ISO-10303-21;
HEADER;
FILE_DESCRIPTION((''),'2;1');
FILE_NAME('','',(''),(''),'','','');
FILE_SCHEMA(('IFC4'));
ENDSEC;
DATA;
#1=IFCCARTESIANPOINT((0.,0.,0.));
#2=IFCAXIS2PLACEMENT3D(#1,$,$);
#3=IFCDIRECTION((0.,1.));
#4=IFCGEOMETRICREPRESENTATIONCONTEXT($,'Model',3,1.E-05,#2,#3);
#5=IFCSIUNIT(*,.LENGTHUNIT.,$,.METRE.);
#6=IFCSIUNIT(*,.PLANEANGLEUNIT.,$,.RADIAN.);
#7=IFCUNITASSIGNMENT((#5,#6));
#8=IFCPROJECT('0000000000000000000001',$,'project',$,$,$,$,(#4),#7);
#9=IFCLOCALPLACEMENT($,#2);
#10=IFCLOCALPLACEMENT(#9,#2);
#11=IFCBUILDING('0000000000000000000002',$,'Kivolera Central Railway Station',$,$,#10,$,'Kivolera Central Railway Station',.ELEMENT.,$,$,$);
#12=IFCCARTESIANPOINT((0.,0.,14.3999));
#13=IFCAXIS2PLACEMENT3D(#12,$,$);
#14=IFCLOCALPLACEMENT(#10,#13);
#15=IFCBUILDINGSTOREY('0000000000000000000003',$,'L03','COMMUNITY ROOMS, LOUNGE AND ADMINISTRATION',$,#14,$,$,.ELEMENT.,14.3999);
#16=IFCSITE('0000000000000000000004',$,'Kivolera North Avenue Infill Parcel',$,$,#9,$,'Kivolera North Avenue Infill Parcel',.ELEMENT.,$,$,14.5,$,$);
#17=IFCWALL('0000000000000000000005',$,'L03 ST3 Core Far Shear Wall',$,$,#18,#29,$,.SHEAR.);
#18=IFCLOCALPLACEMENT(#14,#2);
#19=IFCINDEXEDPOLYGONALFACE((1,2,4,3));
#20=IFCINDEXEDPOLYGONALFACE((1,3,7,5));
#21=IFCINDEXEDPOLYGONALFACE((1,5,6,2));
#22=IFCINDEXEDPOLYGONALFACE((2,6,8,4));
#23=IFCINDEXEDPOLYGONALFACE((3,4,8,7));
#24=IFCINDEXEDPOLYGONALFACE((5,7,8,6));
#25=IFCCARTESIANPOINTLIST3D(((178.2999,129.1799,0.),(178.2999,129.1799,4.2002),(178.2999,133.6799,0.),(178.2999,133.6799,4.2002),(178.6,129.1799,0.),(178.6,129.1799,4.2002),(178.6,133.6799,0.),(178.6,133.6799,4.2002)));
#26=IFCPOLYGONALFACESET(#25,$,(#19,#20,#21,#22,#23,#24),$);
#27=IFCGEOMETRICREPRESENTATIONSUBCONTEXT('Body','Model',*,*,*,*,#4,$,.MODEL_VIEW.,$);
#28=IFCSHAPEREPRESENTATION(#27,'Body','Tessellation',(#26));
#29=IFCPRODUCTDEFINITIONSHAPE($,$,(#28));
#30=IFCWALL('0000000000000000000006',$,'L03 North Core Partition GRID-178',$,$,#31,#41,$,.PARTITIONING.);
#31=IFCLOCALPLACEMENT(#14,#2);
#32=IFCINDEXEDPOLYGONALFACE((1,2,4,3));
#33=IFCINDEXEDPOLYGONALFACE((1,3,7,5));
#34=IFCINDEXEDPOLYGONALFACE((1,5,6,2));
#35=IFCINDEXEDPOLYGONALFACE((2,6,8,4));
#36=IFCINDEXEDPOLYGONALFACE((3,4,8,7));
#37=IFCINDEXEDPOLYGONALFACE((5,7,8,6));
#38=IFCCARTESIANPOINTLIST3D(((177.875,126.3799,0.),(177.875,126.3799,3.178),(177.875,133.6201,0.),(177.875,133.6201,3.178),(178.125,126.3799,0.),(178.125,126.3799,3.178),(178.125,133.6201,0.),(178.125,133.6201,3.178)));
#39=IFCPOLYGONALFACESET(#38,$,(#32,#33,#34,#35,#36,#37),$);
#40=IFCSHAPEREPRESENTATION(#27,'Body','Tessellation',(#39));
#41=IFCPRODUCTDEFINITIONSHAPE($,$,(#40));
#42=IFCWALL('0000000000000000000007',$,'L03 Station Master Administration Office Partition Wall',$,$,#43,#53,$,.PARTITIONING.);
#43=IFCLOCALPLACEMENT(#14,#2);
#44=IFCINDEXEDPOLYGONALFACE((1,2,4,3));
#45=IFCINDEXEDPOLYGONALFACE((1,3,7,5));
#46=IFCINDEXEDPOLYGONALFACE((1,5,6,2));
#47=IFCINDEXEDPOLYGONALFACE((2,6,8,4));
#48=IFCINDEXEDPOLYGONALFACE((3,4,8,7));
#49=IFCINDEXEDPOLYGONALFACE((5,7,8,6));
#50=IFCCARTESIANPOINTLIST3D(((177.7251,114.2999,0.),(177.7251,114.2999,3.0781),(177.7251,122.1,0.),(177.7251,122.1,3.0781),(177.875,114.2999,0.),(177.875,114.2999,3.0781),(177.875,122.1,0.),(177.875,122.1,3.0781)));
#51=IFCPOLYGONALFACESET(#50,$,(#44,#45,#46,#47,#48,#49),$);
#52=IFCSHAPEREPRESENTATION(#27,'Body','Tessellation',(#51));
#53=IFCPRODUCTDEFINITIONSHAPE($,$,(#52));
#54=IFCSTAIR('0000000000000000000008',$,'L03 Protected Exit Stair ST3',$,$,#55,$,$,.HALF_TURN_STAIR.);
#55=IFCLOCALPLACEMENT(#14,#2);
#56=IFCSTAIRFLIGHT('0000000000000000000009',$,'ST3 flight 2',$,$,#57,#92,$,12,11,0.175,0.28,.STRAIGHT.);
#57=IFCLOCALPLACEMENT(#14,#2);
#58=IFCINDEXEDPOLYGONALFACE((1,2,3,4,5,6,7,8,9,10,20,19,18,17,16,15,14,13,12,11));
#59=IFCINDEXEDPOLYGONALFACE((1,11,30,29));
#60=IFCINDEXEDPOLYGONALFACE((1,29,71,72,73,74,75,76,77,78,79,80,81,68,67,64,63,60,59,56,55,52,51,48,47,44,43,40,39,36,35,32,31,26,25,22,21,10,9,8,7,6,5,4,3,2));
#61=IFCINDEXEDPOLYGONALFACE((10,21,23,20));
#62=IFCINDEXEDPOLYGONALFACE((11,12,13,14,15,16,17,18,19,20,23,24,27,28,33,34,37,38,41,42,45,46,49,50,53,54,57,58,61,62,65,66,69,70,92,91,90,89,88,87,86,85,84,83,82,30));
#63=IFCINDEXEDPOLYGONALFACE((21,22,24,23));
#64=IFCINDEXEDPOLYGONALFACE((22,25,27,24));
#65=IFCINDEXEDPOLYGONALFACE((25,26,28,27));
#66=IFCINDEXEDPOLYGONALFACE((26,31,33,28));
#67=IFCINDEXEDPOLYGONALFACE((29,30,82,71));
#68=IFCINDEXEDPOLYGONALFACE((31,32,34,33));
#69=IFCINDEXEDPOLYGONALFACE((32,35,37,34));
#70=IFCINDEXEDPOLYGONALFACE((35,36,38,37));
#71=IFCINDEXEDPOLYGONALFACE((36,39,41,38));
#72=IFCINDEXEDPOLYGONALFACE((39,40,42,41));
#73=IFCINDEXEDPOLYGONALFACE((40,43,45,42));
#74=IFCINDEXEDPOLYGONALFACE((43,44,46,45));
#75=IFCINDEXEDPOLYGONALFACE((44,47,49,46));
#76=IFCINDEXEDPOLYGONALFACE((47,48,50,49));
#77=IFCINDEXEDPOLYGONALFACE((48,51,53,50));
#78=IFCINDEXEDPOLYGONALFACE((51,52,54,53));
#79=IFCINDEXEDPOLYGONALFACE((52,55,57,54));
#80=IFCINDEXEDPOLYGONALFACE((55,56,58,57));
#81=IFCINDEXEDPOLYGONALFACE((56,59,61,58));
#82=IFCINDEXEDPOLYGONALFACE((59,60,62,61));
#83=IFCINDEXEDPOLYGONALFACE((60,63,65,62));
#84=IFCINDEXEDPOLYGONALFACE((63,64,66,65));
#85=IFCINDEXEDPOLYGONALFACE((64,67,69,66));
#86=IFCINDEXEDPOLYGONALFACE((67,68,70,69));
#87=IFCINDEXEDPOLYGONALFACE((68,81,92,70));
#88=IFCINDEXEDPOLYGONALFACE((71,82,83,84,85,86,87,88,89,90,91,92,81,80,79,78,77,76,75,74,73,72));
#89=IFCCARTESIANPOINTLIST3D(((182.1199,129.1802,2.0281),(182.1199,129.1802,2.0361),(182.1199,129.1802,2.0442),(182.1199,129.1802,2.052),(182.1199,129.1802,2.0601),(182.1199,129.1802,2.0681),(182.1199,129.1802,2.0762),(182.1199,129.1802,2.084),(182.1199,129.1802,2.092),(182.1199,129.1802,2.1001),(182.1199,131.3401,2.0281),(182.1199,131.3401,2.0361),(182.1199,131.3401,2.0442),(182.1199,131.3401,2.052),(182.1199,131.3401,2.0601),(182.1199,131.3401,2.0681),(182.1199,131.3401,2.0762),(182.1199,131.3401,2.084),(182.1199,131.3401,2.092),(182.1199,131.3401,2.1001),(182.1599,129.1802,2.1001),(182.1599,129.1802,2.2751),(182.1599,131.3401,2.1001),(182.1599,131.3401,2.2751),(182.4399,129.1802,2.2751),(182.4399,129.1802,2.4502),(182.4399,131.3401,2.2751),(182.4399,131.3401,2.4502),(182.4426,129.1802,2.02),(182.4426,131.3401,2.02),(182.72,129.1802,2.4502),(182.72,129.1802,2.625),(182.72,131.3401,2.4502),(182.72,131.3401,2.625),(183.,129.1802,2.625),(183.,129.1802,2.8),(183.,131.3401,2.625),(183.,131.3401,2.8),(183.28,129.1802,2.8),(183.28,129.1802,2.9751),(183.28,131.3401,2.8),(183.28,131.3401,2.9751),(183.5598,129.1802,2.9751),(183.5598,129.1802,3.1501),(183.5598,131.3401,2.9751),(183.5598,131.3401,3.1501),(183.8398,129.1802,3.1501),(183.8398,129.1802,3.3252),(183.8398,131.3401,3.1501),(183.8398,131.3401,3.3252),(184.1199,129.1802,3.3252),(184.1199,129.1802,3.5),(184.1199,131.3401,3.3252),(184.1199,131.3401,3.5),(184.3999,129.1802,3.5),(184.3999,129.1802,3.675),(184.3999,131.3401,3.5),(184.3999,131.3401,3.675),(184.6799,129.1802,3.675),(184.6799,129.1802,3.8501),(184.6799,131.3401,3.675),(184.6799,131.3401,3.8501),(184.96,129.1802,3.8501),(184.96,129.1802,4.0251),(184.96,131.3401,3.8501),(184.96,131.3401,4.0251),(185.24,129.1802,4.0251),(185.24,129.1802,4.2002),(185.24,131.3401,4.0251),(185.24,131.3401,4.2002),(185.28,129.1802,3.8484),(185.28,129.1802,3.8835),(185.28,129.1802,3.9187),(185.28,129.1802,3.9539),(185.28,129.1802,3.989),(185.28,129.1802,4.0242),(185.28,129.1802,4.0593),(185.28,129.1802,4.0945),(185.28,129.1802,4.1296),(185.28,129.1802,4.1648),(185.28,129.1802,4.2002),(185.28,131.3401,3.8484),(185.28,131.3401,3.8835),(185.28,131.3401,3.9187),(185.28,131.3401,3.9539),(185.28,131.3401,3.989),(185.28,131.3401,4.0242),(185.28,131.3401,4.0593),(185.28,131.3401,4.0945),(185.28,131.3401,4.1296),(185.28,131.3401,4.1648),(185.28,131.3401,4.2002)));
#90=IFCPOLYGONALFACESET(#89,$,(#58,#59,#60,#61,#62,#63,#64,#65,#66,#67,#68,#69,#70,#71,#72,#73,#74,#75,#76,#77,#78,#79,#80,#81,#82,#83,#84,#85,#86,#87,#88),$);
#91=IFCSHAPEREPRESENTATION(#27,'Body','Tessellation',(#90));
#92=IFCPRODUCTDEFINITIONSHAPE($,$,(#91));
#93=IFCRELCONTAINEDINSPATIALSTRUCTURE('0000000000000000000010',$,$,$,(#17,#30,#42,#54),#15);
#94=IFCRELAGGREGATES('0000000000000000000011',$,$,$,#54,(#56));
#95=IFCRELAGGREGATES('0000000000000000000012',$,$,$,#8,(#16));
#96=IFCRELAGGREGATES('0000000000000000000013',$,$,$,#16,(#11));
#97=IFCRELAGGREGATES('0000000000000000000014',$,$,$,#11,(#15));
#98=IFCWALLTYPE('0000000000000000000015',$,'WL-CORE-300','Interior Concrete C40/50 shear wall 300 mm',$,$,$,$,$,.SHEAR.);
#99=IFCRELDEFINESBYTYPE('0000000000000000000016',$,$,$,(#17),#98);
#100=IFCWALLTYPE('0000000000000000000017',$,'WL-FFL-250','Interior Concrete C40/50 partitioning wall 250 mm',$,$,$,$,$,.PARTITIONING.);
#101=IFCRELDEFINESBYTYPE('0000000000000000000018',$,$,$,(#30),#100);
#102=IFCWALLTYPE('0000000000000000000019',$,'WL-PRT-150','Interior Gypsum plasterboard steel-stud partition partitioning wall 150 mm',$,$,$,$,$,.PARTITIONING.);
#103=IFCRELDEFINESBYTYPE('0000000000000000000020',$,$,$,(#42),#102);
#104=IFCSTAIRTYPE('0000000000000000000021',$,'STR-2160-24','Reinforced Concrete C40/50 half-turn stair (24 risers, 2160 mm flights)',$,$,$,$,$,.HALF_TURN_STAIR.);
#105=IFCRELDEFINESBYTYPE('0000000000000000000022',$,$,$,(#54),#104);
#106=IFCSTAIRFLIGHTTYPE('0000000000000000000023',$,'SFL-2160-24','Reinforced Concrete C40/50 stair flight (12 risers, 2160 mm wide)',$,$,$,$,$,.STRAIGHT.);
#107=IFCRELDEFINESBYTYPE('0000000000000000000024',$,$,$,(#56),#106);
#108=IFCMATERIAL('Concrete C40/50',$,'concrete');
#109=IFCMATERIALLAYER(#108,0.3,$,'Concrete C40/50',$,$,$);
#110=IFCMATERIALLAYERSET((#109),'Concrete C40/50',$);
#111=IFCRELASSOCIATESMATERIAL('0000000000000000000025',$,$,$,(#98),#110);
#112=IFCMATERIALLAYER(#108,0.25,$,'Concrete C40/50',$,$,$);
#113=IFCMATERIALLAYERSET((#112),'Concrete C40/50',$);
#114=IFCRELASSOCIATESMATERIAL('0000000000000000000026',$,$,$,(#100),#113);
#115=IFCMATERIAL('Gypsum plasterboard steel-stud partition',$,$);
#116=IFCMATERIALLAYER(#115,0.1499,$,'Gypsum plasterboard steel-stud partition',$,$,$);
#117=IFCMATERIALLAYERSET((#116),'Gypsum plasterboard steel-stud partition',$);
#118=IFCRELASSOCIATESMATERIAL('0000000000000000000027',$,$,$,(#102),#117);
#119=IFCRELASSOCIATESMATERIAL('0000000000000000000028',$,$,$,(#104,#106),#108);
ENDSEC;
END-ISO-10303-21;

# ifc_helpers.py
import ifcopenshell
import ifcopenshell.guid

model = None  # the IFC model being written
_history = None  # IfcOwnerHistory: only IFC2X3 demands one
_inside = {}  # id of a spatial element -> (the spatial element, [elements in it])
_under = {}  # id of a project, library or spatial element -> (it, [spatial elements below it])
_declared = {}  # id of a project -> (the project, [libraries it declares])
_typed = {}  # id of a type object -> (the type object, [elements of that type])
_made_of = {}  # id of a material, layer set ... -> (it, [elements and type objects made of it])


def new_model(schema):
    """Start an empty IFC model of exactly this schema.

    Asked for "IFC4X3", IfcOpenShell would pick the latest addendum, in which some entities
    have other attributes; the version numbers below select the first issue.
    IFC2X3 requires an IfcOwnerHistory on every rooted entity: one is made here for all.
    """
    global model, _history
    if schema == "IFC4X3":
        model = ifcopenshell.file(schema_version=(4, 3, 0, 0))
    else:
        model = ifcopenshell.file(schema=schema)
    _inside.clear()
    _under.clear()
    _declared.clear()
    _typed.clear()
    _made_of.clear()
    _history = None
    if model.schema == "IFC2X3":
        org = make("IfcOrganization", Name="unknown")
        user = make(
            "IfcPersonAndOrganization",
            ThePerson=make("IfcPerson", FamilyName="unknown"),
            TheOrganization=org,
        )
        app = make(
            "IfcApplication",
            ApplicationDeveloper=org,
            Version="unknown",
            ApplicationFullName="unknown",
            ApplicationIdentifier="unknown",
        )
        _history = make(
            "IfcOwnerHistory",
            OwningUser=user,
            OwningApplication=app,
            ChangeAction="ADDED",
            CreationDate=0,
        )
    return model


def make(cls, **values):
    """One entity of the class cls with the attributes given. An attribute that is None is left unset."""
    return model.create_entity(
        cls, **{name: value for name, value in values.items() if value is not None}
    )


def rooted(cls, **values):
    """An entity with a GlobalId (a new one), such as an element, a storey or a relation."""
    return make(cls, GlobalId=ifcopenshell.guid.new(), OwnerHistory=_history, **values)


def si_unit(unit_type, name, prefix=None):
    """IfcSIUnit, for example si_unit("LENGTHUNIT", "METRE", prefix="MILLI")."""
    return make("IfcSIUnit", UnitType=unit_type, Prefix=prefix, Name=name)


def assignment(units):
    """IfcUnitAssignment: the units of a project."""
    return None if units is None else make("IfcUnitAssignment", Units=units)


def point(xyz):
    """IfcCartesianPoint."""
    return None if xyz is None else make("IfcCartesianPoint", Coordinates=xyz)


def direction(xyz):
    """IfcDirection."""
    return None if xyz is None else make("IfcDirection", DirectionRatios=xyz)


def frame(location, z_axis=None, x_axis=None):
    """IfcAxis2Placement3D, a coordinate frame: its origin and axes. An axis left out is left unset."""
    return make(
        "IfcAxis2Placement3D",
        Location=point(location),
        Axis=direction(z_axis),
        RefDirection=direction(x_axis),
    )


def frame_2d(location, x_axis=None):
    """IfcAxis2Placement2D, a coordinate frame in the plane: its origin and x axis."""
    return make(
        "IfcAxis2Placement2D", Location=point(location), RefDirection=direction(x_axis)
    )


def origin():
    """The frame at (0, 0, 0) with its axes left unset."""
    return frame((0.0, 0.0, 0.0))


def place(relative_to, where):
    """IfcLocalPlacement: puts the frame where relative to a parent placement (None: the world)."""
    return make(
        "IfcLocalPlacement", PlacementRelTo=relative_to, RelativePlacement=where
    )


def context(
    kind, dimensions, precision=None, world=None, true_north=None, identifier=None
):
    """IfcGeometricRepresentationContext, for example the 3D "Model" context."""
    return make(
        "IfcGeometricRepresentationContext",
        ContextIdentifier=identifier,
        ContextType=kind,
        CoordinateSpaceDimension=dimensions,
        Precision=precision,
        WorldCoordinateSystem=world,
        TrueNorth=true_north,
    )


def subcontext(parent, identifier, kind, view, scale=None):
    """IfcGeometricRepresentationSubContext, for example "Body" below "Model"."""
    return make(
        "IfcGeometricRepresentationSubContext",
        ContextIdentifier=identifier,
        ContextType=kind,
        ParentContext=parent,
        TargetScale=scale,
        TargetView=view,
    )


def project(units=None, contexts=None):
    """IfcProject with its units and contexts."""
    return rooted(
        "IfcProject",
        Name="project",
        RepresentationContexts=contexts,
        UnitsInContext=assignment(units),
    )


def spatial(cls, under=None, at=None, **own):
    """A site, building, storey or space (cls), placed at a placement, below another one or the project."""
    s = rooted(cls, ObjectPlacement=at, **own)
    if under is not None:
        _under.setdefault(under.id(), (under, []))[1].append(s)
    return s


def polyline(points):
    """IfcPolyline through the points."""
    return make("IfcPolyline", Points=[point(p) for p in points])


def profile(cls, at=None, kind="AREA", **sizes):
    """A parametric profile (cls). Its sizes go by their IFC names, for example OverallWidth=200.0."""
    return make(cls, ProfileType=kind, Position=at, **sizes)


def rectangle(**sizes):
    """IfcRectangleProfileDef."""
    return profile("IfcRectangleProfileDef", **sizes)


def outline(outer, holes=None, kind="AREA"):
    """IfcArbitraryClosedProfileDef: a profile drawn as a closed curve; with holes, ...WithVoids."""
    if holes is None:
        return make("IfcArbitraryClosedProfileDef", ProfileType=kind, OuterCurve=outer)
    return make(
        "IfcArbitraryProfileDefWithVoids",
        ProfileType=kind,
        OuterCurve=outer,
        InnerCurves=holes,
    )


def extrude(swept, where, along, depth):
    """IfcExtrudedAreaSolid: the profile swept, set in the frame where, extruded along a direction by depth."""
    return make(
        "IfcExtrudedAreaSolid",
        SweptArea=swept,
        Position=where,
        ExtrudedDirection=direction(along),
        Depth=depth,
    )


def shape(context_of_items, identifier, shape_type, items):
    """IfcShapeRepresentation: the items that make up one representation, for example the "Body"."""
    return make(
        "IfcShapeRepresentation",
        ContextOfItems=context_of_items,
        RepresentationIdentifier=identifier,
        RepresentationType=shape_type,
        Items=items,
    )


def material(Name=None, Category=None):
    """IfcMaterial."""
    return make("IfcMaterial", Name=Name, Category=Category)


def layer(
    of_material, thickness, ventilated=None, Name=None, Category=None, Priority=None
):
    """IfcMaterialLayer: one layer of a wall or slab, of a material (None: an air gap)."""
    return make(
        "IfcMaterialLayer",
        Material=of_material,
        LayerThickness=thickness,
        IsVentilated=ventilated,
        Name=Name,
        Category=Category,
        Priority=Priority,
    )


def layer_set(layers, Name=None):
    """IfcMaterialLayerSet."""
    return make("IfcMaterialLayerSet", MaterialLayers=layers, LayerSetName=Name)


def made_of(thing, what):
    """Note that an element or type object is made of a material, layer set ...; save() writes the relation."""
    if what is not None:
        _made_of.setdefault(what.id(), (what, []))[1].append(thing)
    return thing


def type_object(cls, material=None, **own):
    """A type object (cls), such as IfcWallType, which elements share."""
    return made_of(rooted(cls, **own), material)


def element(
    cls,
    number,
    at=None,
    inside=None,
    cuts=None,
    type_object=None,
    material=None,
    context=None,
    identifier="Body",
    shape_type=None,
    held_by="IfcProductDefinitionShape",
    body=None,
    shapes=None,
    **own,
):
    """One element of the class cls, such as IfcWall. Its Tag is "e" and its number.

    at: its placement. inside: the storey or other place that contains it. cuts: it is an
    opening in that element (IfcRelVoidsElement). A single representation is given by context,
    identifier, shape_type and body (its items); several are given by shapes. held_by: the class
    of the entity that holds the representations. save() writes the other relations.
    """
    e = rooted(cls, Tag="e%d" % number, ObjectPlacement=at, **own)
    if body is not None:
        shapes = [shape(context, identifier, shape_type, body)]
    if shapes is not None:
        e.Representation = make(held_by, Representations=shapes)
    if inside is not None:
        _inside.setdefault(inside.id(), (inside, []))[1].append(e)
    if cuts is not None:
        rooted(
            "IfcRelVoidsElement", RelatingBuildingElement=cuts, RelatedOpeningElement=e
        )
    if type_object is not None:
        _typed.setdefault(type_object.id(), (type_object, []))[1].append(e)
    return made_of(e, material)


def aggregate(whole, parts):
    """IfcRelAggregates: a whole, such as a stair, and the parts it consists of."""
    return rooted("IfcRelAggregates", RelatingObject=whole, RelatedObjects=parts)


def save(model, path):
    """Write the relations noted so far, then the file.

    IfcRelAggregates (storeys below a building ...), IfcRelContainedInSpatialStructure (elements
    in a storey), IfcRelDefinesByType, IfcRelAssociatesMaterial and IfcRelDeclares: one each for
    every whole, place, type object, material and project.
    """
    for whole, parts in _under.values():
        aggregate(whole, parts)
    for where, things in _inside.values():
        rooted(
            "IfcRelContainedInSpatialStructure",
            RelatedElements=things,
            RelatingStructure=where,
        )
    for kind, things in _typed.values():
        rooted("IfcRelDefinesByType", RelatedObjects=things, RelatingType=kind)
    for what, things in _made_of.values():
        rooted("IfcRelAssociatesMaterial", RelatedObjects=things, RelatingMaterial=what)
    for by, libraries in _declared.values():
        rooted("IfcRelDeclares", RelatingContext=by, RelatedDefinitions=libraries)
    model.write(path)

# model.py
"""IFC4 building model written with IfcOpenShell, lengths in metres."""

from ifc_helpers import new_model, si_unit, direction, frame, frame_2d, origin, place, context, subcontext, project, spatial, polyline, rectangle, outline, extrude, material, layer, layer_set, type_object, element, aggregate, save


model = new_model("IFC4")

# Units and contexts
model_context = context("Model", 3, precision=1e-05, world=origin(), true_north=direction((0.0, 1.0)))
body_context = subcontext(model_context, "Body", "Model", "MODEL_VIEW")
ifc_project = project(units=[si_unit("LENGTHUNIT", "METRE"), si_unit("PLANEANGLEUNIT", "RADIAN")], contexts=[model_context])

# Site, building, storey
site_placement = place(None, origin())
site = spatial("IfcSite", under=ifc_project, at=site_placement, Name="Kivolera North Avenue Infill Parcel", LongName="Kivolera North Avenue Infill Parcel", CompositionType="ELEMENT", RefElevation=14.5)
building_placement = place(site_placement, origin())
building = spatial("IfcBuilding", under=site, at=building_placement, Name="Kivolera Central Railway Station", LongName="Kivolera Central Railway Station", CompositionType="ELEMENT")
storey_placement = place(building_placement, frame((0.0, 0.0, 14.3999)))
storey = spatial("IfcBuildingStorey", under=building, at=storey_placement, Name="L03", Description="COMMUNITY ROOMS, LOUNGE AND ADMINISTRATION", CompositionType="ELEMENT", Elevation=14.3999)

# Shared definitions
ifc_material_1 = material(Name="Concrete C40/50", Category="concrete")

# Wall
ifc_layer_1 = layer(ifc_material_1, 0.3, Name="Concrete C40/50")
ifc_layer_set_1 = layer_set([ifc_layer_1], Name="Concrete C40/50")
wall_type_1 = type_object("IfcWallType", Name="WL-CORE-300", Description="Interior Concrete C40/50 shear wall 300 mm", PredefinedType="SHEAR", material=ifc_layer_set_1)
wall_1_placement = place(storey_placement, frame((178.45, 129.1799, 0.0), z_axis=(0.0, 0.0, 1.0), x_axis=(0.0, 1.0, 0.0)))
element("IfcWall", 1, at=wall_1_placement, inside=storey, type_object=wall_type_1, Name="L03 ST3 Core Far Shear Wall", PredefinedType="SHEAR", context=body_context, shape_type="SweptSolid", body=[
    extrude(rectangle(XDim=4.5, YDim=0.3, at=frame_2d((2.25, 0.0))), origin(), (0.0, 0.0, 1.0), 4.2002),
])

# Shared definitions
ifc_layer_2 = layer(ifc_material_1, 0.25, Name="Concrete C40/50")
ifc_layer_set_2 = layer_set([ifc_layer_2], Name="Concrete C40/50")
wall_type_2 = type_object("IfcWallType", Name="WL-FFL-250", Description="Interior Concrete C40/50 partitioning wall 250 mm", PredefinedType="PARTITIONING", material=ifc_layer_set_2)

# Walls
wall_2_placement = place(storey_placement, frame((178.0, 126.3799, 0.0), z_axis=(0.0, 0.0, 1.0), x_axis=(0.0, 1.0, 0.0)))
element("IfcWall", 2, at=wall_2_placement, inside=storey, type_object=wall_type_2, Name="L03 North Core Partition GRID-178", PredefinedType="PARTITIONING", context=body_context, shape_type="SweptSolid", body=[
    extrude(rectangle(XDim=7.2402, YDim=0.25, at=frame_2d((3.6201, 0.0))), origin(), (0.0, 0.0, 1.0), 3.178),
])
ifc_material_2 = material(Name="Gypsum plasterboard steel-stud partition")
ifc_layer_3 = layer(ifc_material_2, 0.1499, Name="Gypsum plasterboard steel-stud partition")
ifc_layer_set_3 = layer_set([ifc_layer_3], Name="Gypsum plasterboard steel-stud partition")
wall_type_3 = type_object("IfcWallType", Name="WL-PRT-150", Description="Interior Gypsum plasterboard steel-stud partition partitioning wall 150 mm", PredefinedType="PARTITIONING", material=ifc_layer_set_3)
wall_3_placement = place(storey_placement, frame((177.8, 114.3, 0.0), z_axis=(0.0, 0.0, 1.0), x_axis=(0.0, 1.0, 0.0)))
element("IfcWall", 3, at=wall_3_placement, inside=storey, type_object=wall_type_3, Name="L03 Station Master Administration Office Partition Wall", PredefinedType="PARTITIONING", context=body_context, shape_type="SweptSolid", body=[
    extrude(rectangle(XDim=7.8, YDim=0.1499, at=frame_2d((3.8999, 0.0))), origin(), (0.0, 0.0, 1.0), 3.0781),
])

# Stair, stair flight
stair_type = type_object("IfcStairType", Name="STR-2160-24", Description="Reinforced Concrete C40/50 half-turn stair (24 risers, 2160 mm flights)", PredefinedType="HALF_TURN_STAIR", material=ifc_material_1)
stair_placement = place(storey_placement, origin())
stair = element("IfcStair", 4, at=stair_placement, inside=storey, type_object=stair_type, Name="L03 Protected Exit Stair ST3", PredefinedType="HALF_TURN_STAIR")
stair_flight_type = type_object("IfcStairFlightType", Name="SFL-2160-24", Description="Reinforced Concrete C40/50 stair flight (12 risers, 2160 mm wide)", PredefinedType="STRAIGHT", material=ifc_material_1)
stair_flight_placement = place(storey_placement, frame((182.1599, 130.26, 2.1001), z_axis=(0.0, 0.0, 1.0), x_axis=(1.0, 0.0, 0.0)))
stair_flight = element("IfcStairFlight", 5, at=stair_flight_placement, type_object=stair_flight_type, Name="ST3 flight 2", NumberOfRisers=12, NumberOfTreads=11, PredefinedType="STRAIGHT", RiserHeight=0.175, TreadLength=0.28, context=body_context, shape_type="SweptSolid", body=[
    extrude(outline(polyline([(-0.04, 0.0), (0.0, 0.0), (0.0, 0.175), (0.28, 0.175), (0.28, 0.3501), (0.5601, 0.3501), (0.5601, 0.5249), (0.8401, 0.5249), (0.8401, 0.7), (1.1201, 0.7), (1.1201, 0.875), (1.3999, 0.875), (1.3999, 1.05), (1.6799, 1.05), (1.6799, 1.2251), (1.96, 1.2251), (1.96, 1.3999), (2.24, 1.3999), (2.24, 1.575), (2.52, 1.575), (2.52, 1.75), (2.8, 1.75), (2.8, 1.925), (3.0801, 1.925), (3.0801, 2.1001), (3.1201, 2.1001), (3.1201, 2.0647), (3.1201, 2.0295), (3.1201, 1.9944), (3.1201, 1.9592), (3.1201, 1.9241), (3.1201, 1.8889), (3.1201, 1.8538), (3.1201, 1.8186), (3.1201, 1.7834), (3.1201, 1.7483), (0.2827, -0.0801), (-0.04, -0.072), (-0.04, -0.064), (-0.04, -0.0559), (-0.04, -0.0481), (-0.04, -0.04), (-0.04, -0.032), (-0.04, -0.0239), (-0.04, -0.0161), (-0.04, -0.0081), (-0.04, 0.0)])), frame((0.0, 1.0801, 0.0), z_axis=(0.0, -1.0, 0.0), x_axis=(1.0, 0.0, 0.0)), (0.0, 0.0, 1.0), 2.1599),
])
aggregate(stair, [stair_flight])

save(model, "model.ifc")
